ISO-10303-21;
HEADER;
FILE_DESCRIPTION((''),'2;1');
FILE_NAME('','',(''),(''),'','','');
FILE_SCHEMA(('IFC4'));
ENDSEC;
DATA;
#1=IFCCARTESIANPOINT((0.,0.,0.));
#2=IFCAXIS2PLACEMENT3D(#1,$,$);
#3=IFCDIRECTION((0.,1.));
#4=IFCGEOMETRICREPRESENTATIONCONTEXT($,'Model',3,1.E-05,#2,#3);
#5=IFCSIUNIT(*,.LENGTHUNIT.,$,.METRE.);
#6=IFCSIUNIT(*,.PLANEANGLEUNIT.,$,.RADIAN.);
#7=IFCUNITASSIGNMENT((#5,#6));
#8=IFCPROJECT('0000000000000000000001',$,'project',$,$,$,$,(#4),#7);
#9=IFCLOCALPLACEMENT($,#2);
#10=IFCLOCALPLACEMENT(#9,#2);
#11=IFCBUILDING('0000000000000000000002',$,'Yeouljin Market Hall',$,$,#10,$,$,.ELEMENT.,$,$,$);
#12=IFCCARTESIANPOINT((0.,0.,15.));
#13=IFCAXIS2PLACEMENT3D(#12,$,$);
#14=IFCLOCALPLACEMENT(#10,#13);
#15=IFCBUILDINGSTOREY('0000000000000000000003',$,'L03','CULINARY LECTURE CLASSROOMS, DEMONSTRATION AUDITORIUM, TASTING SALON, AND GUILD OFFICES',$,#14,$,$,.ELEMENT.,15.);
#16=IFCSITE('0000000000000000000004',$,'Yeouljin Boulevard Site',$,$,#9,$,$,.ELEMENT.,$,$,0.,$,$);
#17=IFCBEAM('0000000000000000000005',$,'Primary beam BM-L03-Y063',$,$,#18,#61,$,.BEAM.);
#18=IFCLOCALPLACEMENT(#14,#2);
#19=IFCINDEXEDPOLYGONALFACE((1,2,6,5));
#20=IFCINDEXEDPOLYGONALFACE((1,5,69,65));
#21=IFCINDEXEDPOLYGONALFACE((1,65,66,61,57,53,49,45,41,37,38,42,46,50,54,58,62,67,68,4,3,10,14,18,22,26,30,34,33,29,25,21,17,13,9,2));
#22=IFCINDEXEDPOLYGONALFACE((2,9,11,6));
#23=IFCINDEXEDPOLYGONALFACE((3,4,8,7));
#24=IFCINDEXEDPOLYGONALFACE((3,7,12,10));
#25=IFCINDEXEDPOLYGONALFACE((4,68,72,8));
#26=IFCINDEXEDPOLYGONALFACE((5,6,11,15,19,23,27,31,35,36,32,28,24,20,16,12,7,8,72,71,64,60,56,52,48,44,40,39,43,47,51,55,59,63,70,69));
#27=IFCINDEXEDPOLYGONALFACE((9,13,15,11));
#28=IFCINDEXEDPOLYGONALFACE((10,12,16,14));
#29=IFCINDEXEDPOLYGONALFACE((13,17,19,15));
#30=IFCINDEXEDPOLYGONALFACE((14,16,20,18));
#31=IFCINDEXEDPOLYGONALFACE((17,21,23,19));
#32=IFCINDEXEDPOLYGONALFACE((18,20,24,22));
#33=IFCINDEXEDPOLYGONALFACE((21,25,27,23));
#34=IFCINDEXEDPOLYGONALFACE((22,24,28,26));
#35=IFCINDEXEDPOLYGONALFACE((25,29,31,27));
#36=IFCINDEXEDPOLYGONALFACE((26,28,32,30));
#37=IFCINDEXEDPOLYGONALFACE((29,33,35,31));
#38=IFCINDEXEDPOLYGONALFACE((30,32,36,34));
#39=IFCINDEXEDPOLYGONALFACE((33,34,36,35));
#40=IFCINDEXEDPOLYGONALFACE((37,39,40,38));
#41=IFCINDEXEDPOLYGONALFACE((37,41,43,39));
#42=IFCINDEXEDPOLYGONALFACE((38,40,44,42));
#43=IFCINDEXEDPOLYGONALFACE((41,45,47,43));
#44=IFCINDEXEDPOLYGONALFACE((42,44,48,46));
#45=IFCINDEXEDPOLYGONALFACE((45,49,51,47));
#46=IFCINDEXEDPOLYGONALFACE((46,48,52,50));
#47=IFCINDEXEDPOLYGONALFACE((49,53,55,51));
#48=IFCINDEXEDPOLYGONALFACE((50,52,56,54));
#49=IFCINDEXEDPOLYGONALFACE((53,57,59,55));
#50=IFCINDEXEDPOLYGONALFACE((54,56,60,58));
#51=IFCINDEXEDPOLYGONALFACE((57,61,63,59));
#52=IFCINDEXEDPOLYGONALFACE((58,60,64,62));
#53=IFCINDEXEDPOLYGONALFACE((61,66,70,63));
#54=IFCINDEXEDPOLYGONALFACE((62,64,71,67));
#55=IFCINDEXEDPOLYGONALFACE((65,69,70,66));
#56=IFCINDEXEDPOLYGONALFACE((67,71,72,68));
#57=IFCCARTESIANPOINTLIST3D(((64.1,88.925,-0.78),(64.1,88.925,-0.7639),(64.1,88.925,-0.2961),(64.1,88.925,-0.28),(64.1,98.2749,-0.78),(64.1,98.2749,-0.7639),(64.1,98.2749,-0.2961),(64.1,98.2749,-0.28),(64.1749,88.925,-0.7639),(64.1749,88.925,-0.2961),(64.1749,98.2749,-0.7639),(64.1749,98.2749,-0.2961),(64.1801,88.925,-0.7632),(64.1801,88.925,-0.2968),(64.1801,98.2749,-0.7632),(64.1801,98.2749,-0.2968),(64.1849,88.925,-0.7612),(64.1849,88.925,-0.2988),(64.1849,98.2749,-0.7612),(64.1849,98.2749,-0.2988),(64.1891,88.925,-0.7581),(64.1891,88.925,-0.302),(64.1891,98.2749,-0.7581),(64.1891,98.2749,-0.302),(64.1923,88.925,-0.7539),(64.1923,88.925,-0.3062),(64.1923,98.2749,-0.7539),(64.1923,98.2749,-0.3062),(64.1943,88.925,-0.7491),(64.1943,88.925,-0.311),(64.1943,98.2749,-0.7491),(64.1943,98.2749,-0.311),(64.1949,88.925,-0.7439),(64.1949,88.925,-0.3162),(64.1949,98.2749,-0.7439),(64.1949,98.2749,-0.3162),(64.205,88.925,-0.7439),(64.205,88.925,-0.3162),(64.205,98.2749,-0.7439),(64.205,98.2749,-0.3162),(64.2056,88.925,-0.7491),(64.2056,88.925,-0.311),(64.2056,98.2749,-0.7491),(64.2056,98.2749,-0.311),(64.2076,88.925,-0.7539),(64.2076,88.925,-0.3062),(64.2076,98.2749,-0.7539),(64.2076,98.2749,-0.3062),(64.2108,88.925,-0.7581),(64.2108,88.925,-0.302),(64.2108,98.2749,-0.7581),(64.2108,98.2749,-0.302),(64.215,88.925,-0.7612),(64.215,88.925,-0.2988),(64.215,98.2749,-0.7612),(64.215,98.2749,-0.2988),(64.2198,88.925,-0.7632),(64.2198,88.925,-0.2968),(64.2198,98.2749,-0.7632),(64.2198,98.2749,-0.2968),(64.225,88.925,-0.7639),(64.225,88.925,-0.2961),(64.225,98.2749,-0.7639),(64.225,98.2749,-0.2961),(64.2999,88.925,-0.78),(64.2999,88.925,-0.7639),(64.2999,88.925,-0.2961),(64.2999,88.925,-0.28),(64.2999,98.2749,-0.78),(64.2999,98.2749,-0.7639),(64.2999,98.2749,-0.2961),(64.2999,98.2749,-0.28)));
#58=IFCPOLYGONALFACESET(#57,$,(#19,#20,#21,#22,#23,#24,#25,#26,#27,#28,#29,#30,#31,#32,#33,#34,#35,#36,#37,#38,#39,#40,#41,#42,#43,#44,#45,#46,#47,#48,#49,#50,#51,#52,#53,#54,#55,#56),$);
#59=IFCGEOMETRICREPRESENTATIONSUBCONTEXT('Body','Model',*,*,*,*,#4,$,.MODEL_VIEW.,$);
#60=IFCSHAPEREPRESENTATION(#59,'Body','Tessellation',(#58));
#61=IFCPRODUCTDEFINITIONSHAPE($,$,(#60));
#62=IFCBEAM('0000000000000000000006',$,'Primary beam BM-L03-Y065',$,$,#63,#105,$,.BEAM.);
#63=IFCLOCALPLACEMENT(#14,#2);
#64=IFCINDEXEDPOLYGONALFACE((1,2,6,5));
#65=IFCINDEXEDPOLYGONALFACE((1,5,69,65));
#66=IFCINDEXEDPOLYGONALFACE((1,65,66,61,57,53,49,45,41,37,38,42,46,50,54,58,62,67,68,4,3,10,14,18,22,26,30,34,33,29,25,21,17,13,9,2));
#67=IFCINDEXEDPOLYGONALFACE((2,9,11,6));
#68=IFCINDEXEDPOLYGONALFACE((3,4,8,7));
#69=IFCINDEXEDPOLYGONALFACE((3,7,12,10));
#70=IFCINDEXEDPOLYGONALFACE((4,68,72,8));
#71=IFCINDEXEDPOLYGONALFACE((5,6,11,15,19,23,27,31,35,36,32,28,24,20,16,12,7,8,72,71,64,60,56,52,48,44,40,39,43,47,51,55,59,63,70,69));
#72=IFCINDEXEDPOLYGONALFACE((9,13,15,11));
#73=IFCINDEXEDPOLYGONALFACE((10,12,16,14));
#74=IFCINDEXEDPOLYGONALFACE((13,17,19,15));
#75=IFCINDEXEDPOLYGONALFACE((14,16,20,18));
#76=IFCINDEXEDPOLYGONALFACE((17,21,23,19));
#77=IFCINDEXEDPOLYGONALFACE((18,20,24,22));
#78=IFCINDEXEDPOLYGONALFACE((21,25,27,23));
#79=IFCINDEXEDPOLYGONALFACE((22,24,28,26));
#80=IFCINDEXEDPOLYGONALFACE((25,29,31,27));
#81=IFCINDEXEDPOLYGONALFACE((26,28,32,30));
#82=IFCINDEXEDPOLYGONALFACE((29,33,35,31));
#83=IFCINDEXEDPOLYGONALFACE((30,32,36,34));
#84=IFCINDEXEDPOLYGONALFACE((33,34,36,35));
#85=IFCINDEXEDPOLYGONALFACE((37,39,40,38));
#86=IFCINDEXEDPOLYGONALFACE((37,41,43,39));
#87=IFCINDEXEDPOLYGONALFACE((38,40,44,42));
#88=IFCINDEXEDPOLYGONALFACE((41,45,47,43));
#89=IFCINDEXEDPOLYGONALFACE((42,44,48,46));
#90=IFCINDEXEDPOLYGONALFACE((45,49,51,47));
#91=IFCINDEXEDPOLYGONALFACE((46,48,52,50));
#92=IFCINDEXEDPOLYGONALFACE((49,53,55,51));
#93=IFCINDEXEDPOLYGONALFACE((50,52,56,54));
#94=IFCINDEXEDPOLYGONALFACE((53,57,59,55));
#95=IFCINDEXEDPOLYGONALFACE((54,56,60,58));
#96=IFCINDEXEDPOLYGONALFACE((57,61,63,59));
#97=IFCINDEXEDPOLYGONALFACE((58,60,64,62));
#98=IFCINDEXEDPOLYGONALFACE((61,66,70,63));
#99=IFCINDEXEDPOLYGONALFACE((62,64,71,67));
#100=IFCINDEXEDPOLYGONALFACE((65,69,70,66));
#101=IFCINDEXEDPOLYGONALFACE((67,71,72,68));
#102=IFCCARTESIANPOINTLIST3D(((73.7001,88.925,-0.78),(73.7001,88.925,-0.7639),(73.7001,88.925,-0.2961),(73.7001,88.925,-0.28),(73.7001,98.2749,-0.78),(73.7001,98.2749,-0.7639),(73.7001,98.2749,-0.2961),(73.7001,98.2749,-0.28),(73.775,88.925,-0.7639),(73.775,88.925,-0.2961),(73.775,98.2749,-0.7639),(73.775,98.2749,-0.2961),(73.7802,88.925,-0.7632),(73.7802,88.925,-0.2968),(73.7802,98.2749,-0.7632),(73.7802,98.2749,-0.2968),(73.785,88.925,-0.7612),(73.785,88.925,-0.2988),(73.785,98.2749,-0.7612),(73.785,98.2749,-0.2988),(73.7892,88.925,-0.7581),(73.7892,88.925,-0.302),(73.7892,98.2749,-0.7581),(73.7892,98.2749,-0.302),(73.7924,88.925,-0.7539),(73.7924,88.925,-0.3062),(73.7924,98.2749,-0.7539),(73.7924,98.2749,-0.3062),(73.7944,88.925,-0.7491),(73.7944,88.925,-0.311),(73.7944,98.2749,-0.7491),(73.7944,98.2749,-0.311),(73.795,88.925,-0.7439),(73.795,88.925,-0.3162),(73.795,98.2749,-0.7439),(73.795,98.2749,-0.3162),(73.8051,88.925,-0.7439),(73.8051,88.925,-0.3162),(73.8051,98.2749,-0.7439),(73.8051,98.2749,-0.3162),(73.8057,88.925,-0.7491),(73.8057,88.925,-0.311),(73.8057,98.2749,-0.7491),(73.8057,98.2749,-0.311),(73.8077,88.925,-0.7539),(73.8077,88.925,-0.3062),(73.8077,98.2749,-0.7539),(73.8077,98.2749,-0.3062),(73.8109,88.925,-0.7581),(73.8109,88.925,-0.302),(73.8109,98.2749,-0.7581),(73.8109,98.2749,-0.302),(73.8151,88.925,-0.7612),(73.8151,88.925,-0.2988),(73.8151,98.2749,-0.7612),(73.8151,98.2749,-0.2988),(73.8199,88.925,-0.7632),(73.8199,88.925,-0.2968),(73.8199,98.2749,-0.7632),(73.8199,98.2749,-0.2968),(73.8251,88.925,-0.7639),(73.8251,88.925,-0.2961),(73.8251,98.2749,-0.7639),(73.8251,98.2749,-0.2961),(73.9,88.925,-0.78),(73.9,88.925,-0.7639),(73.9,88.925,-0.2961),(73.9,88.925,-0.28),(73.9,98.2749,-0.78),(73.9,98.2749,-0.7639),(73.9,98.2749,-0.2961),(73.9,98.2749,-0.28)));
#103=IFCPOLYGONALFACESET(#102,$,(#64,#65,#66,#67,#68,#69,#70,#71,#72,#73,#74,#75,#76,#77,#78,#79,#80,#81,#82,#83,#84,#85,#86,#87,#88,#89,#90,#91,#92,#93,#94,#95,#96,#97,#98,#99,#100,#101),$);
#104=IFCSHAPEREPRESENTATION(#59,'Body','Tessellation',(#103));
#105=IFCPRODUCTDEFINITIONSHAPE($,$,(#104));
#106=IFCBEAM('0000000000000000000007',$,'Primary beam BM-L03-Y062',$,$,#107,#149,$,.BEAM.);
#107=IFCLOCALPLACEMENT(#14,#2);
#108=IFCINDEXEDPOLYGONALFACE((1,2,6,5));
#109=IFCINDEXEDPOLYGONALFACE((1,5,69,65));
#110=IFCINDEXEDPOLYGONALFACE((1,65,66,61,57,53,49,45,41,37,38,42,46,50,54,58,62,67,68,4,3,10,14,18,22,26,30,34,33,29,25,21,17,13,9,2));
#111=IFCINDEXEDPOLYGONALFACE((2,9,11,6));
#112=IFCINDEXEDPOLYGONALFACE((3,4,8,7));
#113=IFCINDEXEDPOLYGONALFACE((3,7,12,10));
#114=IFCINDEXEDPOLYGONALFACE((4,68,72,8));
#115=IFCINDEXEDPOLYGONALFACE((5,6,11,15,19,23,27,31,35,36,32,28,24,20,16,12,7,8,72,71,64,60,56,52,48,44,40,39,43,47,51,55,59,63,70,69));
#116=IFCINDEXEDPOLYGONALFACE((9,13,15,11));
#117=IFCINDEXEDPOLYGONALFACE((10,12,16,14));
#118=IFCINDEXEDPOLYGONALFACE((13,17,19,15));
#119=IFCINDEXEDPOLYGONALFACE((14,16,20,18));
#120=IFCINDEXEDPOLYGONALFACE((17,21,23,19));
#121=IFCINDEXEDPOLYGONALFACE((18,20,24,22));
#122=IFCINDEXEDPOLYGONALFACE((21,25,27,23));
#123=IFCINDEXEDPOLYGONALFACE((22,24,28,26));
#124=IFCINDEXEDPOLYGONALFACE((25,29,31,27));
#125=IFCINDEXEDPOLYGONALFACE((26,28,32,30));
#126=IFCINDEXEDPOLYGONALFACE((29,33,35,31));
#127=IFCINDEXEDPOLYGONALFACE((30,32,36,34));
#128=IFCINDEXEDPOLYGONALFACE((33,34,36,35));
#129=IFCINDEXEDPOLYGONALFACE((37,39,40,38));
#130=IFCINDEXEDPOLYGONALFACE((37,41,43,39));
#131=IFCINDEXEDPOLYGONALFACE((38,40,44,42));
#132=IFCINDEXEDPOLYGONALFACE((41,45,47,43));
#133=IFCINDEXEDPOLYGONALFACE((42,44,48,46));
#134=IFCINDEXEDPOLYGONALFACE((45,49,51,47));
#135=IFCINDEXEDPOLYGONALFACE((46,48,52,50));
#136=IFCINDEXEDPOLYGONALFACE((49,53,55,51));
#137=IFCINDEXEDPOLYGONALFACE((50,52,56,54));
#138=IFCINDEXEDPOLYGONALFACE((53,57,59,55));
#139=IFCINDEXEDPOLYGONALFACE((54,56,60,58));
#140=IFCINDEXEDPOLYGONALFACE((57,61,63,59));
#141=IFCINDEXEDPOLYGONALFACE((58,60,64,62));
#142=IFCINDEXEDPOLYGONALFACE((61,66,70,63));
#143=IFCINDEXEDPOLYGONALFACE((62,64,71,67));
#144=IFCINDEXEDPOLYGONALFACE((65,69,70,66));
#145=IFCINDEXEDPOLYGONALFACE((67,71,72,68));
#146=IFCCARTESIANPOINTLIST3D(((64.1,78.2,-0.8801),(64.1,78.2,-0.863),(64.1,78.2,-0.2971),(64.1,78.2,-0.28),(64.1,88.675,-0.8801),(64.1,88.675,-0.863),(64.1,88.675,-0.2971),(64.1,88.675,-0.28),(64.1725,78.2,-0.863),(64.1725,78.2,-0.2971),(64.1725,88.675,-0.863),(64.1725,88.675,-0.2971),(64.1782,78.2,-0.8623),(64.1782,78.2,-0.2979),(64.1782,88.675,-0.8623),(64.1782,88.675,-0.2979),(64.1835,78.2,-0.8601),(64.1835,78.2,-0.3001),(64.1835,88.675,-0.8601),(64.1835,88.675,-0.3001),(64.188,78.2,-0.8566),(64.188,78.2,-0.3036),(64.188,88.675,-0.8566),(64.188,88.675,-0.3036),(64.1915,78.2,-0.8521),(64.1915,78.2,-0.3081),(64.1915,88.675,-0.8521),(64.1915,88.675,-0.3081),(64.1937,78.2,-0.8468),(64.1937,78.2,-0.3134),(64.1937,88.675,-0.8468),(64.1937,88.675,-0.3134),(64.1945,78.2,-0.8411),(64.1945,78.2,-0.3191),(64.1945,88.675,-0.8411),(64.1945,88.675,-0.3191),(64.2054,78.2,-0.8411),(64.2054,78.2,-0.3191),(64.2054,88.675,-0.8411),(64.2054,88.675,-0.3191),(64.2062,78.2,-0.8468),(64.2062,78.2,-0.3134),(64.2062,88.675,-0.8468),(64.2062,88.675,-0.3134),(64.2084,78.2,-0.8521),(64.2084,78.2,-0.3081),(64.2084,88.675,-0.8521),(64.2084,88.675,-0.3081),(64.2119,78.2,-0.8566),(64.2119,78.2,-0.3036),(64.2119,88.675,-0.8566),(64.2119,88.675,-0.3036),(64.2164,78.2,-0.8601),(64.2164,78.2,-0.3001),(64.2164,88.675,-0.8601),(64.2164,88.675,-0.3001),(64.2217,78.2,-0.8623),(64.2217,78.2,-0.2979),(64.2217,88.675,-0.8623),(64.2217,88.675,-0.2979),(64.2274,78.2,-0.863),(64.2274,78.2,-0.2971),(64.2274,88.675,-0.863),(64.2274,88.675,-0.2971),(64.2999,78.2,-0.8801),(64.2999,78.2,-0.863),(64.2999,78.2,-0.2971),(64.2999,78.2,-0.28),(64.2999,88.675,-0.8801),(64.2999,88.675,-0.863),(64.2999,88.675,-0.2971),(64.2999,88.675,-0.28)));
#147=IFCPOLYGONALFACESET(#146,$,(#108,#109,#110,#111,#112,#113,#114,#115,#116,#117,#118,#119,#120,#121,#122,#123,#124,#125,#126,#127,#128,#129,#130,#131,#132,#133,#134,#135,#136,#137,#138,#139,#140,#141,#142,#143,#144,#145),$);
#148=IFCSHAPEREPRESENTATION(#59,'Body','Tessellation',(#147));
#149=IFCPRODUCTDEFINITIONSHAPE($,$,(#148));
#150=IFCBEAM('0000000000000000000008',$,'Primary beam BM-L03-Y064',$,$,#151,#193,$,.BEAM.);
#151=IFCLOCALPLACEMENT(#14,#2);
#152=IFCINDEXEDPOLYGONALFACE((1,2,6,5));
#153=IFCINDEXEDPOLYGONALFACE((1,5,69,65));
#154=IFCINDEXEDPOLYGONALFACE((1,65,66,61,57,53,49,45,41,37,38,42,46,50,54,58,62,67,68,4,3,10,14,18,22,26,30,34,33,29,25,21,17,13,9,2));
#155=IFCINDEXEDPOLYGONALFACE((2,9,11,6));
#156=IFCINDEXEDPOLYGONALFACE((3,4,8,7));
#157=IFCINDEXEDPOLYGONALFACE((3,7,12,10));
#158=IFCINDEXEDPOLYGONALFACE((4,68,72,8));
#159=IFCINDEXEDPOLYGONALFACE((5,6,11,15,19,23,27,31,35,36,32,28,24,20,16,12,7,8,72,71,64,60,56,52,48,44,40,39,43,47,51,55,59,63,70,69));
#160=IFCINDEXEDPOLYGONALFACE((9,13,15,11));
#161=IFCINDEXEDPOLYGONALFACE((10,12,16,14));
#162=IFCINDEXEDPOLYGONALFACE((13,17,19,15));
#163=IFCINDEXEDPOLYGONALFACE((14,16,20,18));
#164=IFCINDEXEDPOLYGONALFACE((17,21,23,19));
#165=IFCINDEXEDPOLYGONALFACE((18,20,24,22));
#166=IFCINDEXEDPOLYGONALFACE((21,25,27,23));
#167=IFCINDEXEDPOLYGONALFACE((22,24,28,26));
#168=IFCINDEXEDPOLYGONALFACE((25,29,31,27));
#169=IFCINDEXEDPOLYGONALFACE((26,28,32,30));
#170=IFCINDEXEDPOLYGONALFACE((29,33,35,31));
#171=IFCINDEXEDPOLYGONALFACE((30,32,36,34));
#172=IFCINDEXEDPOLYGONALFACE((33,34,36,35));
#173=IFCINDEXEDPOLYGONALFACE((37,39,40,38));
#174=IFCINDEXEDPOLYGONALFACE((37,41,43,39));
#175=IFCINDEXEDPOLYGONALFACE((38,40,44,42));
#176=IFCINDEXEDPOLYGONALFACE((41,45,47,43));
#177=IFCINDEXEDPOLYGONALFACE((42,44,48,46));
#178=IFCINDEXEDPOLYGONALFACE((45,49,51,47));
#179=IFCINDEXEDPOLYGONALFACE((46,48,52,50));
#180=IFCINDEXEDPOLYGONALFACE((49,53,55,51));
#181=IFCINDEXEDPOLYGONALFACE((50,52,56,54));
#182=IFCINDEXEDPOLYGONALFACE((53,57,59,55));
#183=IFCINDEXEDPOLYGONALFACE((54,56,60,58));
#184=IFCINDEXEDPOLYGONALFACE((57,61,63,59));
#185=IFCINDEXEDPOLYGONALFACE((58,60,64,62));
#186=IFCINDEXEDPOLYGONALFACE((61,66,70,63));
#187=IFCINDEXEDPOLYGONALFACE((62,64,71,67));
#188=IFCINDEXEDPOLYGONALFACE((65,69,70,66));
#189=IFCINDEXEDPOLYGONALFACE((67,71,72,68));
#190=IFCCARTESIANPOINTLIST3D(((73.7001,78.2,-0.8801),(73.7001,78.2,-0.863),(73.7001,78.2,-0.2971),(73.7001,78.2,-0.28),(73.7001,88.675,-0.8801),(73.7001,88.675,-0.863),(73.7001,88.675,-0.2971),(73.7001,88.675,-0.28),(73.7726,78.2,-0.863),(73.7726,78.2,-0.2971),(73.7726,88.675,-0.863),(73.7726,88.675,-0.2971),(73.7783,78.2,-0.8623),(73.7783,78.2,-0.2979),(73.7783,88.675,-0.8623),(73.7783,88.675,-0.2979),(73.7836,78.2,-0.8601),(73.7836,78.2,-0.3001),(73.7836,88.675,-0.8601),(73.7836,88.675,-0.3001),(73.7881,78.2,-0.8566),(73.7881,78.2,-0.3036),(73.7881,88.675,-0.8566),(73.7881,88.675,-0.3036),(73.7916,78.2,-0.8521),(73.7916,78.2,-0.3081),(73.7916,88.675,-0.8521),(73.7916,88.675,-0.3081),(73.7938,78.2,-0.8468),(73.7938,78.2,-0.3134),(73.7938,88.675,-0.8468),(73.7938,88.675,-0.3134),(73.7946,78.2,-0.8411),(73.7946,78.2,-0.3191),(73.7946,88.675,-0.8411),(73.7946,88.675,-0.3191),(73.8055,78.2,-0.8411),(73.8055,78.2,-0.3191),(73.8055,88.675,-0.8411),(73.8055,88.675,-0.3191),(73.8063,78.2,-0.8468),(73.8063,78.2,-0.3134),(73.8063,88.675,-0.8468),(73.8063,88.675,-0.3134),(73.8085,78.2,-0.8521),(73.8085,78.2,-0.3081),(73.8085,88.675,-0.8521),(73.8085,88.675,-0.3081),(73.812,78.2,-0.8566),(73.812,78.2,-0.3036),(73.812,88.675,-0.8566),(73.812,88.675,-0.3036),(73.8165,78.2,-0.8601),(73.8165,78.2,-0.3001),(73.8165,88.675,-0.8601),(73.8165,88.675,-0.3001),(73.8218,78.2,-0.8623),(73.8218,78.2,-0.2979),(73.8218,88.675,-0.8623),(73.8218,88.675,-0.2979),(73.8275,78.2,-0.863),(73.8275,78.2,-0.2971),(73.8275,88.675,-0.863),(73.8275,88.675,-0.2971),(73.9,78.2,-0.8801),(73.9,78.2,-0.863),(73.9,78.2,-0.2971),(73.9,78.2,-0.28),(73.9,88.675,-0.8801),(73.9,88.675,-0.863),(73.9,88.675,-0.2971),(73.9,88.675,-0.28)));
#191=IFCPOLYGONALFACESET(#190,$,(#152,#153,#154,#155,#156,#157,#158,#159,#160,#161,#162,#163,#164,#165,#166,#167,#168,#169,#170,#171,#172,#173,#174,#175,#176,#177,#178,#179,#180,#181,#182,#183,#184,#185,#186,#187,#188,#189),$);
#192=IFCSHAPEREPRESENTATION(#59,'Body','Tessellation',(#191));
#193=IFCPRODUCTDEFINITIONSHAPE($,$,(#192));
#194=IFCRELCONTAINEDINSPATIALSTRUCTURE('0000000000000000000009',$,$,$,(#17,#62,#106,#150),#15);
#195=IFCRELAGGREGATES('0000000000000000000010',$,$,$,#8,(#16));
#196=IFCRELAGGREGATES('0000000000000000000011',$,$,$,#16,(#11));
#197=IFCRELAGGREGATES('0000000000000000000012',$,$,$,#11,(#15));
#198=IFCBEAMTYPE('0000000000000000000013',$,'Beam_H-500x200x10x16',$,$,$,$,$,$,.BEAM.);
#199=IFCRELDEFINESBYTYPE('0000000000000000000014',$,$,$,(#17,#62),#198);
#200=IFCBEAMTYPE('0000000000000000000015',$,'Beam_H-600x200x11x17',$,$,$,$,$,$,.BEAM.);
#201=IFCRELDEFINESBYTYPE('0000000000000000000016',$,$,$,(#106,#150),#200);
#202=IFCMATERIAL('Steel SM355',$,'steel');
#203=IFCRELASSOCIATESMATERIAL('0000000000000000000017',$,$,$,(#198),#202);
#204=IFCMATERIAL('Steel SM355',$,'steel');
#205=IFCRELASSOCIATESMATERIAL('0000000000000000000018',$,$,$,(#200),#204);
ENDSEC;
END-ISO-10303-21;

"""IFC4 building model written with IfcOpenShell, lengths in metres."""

from ifc_helpers import new_model, si_unit, direction, frame, origin, origin_2d, place, context, subcontext, project, spatial, i_section, extrude, material, material_profile, profile_set, type_object, element, save


model = new_model("IFC4")

# Units and contexts
model_context = context("Model", 3, precision=1e-05, world=origin(), true_north=direction((0.0, 1.0)))
body_context = subcontext(model_context, "Body", "Model", "MODEL_VIEW")
ifc_project = project(units=[si_unit("LENGTHUNIT", "METRE"), si_unit("PLANEANGLEUNIT", "RADIAN")], contexts=[model_context])

# Site, building, storey
site_placement = place(None, origin())
site = spatial("IfcSite", under=ifc_project, at=site_placement, Name="Yeouljin Boulevard Site", CompositionType="ELEMENT", RefElevation=0.0)
building_placement = place(site_placement, origin())
building = spatial("IfcBuilding", under=site, at=building_placement, Name="Yeouljin Market Hall", CompositionType="ELEMENT")
storey_placement = place(building_placement, frame((0.0, 0.0, 15.0)))
storey = spatial("IfcBuildingStorey", under=building, at=storey_placement, Name="L03", Description="CULINARY LECTURE CLASSROOMS, DEMONSTRATION AUDITORIUM, TASTING SALON, AND GUILD OFFICES", CompositionType="ELEMENT", Elevation=15.0)

# Beams
ifc_material_1 = material(Name="Steel SM355", Category="steel")
ifc_material_profile_1 = material_profile(ifc_material_1, i_section(OverallWidth=0.2, OverallDepth=0.5, WebThickness=0.01, FlangeThickness=0.0161, FilletRadius=0.02, at=origin_2d()), Name="H-500x200x10x16")
ifc_profile_set_1 = profile_set([ifc_material_profile_1], Name="Steel SM355")
beam_type_1 = type_object("IfcBeamType", Name="Beam_H-500x200x10x16", PredefinedType="BEAM", material=ifc_profile_set_1)
for number, where, z_axis, x_axis, name in (
    (1, (64.2, 88.925, -0.53), (0.0, 1.0, 0.0), (-1.0, 0.0, 0.0), "Primary beam BM-L03-Y063"),
    (2, (73.8, 88.925, -0.53), (0.0, 1.0, 0.0), (-1.0, 0.0, 0.0), "Primary beam BM-L03-Y065"),
):
    element("IfcBeam", number, at=place(storey_placement, frame(where, z_axis=z_axis, x_axis=x_axis)), inside=storey, type_object=beam_type_1, Name=name, PredefinedType="BEAM", context=body_context, shape_type="SweptSolid", body=[
        extrude(i_section(OverallWidth=0.2, OverallDepth=0.5, WebThickness=0.01, FlangeThickness=0.0161, FilletRadius=0.02, at=origin_2d()), origin(), (0.0, 0.0, 1.0), 9.3499),
    ])
ifc_material_2 = material(Name="Steel SM355", Category="steel")
ifc_material_profile_2 = material_profile(ifc_material_2, i_section(OverallWidth=0.2, OverallDepth=0.6001, WebThickness=0.011, FlangeThickness=0.0171, FilletRadius=0.022, at=origin_2d()), Name="H-600x200x11x17")
ifc_profile_set_2 = profile_set([ifc_material_profile_2], Name="Steel SM355")
beam_type_2 = type_object("IfcBeamType", Name="Beam_H-600x200x11x17", PredefinedType="BEAM", material=ifc_profile_set_2)
for number, where, z_axis, x_axis, name in (
    (3, (64.2, 78.2, -0.5801), (0.0, 1.0, 0.0), (-1.0, 0.0, 0.0), "Primary beam BM-L03-Y062"),
    (4, (73.8, 78.2, -0.5801), (0.0, 1.0, 0.0), (-1.0, 0.0, 0.0), "Primary beam BM-L03-Y064"),
):
    element("IfcBeam", number, at=place(storey_placement, frame(where, z_axis=z_axis, x_axis=x_axis)), inside=storey, type_object=beam_type_2, Name=name, PredefinedType="BEAM", context=body_context, shape_type="SweptSolid", body=[
        extrude(i_section(OverallWidth=0.2, OverallDepth=0.6001, WebThickness=0.011, FlangeThickness=0.0171, FilletRadius=0.022, at=origin_2d()), origin(), (0.0, 0.0, 1.0), 10.4751),
    ])

save(model, "model.ifc")
